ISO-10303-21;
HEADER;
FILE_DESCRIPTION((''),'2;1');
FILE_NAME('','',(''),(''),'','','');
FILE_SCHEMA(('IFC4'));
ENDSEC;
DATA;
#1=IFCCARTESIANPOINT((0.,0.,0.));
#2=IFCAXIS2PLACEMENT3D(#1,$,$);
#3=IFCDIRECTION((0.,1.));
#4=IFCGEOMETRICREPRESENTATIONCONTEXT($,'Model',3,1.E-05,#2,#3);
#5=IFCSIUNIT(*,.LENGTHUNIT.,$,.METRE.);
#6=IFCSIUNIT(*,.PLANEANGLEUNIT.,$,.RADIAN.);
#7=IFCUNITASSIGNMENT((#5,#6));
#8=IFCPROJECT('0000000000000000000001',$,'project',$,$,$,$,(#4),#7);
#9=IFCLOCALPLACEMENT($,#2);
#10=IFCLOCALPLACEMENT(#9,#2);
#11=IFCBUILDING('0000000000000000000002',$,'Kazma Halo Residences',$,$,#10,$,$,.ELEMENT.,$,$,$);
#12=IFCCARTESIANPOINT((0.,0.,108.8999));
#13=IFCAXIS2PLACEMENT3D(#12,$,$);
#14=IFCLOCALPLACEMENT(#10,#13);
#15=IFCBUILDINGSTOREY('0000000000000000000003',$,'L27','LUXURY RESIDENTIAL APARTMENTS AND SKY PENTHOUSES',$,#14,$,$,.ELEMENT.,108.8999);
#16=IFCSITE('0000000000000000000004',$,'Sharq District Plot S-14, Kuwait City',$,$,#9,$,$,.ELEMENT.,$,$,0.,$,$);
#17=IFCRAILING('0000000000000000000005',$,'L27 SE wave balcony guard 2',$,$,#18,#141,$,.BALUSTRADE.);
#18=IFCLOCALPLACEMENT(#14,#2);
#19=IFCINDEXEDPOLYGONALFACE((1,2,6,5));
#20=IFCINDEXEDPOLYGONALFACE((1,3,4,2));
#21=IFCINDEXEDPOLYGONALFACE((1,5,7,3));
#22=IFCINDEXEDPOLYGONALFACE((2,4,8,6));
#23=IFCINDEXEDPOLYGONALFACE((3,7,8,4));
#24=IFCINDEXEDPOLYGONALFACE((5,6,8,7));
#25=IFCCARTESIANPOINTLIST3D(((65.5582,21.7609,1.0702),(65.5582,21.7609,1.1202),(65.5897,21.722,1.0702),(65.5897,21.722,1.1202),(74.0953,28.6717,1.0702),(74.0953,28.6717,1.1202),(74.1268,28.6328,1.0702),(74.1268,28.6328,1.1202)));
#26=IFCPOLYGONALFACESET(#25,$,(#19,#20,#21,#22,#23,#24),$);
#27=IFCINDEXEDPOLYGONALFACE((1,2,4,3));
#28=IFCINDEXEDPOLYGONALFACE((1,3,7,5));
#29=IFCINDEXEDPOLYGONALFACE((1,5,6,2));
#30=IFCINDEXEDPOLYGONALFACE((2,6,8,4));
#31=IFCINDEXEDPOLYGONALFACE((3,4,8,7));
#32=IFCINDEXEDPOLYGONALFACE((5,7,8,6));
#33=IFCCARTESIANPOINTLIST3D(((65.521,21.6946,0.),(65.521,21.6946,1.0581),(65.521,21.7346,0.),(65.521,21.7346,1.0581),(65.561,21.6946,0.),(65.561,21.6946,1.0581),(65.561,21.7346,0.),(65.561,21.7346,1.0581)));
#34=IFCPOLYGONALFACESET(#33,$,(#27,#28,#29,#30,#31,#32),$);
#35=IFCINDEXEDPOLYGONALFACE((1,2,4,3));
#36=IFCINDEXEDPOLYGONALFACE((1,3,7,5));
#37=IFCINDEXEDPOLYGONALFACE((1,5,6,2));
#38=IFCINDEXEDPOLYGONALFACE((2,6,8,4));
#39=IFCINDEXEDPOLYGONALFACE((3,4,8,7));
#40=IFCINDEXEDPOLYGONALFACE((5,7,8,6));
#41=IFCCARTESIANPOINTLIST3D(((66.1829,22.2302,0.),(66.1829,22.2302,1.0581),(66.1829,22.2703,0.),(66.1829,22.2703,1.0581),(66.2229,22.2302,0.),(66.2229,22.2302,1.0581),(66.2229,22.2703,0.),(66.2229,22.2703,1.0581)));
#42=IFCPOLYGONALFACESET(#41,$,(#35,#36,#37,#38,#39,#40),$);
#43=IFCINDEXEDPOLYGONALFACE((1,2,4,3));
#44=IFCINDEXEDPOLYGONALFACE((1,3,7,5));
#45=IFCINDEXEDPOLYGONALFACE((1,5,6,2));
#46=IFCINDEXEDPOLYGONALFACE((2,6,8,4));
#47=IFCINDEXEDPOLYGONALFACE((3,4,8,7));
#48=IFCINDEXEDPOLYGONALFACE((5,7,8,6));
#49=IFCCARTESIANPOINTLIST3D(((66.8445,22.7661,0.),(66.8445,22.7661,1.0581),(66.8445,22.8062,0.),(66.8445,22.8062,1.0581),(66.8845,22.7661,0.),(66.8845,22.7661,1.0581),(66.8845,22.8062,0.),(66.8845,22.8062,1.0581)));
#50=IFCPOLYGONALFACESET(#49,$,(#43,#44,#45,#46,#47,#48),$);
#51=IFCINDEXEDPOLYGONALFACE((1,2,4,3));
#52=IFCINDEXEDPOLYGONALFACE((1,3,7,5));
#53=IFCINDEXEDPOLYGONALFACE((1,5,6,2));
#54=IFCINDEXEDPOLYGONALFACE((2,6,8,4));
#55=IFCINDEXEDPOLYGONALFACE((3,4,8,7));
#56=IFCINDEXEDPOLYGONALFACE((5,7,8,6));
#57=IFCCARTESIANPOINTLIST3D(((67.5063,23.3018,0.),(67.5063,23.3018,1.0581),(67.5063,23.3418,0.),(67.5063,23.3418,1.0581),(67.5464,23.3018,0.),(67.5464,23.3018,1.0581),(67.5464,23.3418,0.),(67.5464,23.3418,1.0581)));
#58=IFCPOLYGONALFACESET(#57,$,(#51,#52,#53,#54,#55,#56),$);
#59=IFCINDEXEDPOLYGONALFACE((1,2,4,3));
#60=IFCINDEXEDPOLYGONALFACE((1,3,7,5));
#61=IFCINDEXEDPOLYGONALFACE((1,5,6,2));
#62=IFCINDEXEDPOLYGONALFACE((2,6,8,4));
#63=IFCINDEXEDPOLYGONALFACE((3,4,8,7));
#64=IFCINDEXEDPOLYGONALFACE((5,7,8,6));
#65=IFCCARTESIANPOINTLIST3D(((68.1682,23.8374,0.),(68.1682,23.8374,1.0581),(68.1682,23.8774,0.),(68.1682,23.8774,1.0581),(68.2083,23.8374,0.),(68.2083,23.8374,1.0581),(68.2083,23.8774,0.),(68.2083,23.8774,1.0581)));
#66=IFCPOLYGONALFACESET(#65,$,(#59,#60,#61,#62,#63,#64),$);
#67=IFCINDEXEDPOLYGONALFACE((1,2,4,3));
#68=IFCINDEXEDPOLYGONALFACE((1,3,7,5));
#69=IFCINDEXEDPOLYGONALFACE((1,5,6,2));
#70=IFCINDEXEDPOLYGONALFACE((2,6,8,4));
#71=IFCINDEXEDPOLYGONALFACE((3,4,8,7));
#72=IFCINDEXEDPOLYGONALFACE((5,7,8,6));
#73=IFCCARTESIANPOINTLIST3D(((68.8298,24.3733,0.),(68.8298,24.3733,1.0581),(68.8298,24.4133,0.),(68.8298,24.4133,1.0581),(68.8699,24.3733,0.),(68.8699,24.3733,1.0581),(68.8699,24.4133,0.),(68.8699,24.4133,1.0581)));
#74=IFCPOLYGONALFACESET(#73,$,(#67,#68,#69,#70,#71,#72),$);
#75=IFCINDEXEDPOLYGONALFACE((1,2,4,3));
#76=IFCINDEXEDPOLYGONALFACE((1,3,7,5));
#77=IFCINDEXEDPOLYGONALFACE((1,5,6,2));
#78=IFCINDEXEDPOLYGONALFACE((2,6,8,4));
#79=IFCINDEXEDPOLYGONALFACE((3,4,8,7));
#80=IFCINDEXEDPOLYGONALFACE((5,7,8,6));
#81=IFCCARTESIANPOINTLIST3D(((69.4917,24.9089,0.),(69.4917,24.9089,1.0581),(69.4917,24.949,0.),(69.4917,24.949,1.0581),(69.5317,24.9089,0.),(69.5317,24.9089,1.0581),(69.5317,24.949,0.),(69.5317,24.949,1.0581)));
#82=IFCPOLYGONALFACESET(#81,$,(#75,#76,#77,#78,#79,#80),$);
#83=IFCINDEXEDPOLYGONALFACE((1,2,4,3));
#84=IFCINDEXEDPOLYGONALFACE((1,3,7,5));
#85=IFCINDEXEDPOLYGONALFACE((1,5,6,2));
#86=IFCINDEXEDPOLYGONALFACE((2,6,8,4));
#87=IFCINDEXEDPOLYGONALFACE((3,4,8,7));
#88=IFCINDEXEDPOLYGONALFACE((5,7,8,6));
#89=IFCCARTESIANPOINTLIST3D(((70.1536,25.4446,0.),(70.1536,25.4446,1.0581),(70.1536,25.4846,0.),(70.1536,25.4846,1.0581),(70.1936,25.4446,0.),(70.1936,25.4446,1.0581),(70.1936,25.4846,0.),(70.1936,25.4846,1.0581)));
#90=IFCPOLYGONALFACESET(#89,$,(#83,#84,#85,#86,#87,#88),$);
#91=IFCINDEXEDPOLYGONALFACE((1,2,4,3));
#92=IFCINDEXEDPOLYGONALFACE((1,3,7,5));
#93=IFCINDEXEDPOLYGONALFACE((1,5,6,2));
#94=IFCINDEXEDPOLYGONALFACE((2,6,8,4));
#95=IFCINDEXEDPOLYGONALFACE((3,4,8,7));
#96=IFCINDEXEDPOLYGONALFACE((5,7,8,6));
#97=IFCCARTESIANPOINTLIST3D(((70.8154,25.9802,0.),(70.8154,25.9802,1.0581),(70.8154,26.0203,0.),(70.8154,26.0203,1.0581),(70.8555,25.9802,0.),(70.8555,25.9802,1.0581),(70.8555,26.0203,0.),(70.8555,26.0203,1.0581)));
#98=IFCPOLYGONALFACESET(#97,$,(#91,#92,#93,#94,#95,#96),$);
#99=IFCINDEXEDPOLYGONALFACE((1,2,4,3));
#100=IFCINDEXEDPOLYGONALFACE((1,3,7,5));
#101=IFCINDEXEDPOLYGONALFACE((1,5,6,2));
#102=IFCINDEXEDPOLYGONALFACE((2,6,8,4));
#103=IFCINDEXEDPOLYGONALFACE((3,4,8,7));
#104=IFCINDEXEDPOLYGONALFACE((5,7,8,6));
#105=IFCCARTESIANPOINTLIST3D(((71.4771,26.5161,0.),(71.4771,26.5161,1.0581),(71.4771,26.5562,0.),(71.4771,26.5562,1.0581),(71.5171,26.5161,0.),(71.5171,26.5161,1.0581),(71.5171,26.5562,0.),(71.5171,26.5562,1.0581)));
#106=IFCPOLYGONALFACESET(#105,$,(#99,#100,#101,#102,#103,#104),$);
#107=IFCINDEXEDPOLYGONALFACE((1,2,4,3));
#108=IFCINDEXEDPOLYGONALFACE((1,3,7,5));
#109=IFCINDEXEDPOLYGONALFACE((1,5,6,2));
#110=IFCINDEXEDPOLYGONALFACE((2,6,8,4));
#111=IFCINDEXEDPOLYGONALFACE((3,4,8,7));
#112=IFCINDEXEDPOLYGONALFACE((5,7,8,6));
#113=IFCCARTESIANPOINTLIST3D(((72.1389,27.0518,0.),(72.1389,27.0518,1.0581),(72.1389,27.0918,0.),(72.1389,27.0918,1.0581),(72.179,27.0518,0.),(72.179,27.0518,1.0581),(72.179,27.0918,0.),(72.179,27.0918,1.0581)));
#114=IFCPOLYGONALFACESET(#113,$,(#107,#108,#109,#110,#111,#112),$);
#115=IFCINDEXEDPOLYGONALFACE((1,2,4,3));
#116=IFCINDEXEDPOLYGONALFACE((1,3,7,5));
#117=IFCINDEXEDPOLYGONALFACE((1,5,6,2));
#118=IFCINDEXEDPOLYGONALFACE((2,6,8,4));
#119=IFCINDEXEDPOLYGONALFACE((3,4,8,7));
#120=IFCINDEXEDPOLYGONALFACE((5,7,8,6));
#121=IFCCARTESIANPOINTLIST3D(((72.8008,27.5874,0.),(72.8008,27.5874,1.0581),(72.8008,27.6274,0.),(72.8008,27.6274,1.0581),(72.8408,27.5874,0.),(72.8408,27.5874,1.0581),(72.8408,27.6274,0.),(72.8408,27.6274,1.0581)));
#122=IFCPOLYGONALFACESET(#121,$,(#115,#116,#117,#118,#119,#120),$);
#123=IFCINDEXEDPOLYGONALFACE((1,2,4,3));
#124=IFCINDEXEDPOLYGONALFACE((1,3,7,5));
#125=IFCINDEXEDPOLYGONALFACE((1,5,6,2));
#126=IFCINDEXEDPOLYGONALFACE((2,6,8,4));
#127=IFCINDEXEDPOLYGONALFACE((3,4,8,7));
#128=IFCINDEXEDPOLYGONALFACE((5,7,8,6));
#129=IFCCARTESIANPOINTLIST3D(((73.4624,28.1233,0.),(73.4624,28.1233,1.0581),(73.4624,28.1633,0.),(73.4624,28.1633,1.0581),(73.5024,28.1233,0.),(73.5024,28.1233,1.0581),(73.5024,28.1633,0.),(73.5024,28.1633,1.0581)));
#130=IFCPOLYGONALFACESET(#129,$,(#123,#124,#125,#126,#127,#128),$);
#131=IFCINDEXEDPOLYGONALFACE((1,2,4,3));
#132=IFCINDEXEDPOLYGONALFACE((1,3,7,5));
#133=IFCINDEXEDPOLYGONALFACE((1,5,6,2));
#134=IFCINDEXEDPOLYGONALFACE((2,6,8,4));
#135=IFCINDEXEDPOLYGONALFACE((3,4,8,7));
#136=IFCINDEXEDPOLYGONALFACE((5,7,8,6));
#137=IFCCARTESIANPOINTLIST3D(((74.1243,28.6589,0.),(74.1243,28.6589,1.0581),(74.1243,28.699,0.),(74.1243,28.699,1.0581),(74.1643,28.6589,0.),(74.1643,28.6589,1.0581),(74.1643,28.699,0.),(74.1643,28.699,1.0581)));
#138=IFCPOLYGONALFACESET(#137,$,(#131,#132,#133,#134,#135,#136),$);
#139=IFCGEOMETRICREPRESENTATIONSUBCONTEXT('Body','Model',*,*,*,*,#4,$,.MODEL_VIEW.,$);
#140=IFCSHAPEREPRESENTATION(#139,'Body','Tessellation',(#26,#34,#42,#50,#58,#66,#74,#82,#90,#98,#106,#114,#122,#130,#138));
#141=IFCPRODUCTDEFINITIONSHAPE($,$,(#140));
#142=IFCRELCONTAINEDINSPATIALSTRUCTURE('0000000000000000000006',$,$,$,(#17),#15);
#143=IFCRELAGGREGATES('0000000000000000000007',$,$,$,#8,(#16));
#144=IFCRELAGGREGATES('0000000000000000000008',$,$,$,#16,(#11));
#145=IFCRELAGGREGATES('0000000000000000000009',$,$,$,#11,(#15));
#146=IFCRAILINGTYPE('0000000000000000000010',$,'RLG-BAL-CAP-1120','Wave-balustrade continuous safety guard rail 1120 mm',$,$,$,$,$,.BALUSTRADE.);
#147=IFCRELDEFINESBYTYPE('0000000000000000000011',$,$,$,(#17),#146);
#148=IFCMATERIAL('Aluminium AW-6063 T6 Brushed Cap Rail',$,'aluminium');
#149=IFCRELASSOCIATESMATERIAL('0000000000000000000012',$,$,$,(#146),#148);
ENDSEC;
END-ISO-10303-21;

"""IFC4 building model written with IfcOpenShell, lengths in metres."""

from ifc_helpers import new_model, si_unit, direction, frame, origin, origin_2d, place, context, subcontext, project, spatial, rectangle, extrude, material, type_object, element, save


model = new_model("IFC4")

# Units and contexts
model_context = context("Model", 3, precision=1e-05, world=origin(), true_north=direction((0.0, 1.0)))
body_context = subcontext(model_context, "Body", "Model", "MODEL_VIEW")
ifc_project = project(units=[si_unit("LENGTHUNIT", "METRE"), si_unit("PLANEANGLEUNIT", "RADIAN")], contexts=[model_context])

# Site, building, storey
site_placement = place(None, origin())
site = spatial("IfcSite", under=ifc_project, at=site_placement, Name="Sharq District Plot S-14, Kuwait City", CompositionType="ELEMENT", RefElevation=0.0)
building_placement = place(site_placement, origin())
building = spatial("IfcBuilding", under=site, at=building_placement, Name="Kazma Halo Residences", CompositionType="ELEMENT")
storey_placement = place(building_placement, frame((0.0, 0.0, 108.8999)))
storey = spatial("IfcBuildingStorey", under=building, at=storey_placement, Name="L27", Description="LUXURY RESIDENTIAL APARTMENTS AND SKY PENTHOUSES", CompositionType="ELEMENT", Elevation=108.8999)

# Railing
ifc_material_1 = material(Name="Aluminium AW-6063 T6 Brushed Cap Rail", Category="aluminium")
railing_type = type_object("IfcRailingType", Name="RLG-BAL-CAP-1120", Description="Wave-balustrade continuous safety guard rail 1120 mm", PredefinedType="BALUSTRADE", material=ifc_material_1)
railing_1_placement = place(storey_placement, frame((65.541, 21.7146, 0.0)))
element("IfcRailing", 1, at=railing_1_placement, inside=storey, type_object=railing_type, Name="L27 SE wave balcony guard 2", PredefinedType="BALUSTRADE", context=body_context, shape_type="SweptSolid", body=[
    extrude(rectangle(XDim=0.05, YDim=0.05, at=origin_2d()), frame((0.033, 0.0269, 1.0952), z_axis=(0.777254, 0.629187, 0.0), x_axis=(-0.629187, 0.777254, 0.0)), (0.0, 0.0, 1.0), 10.9836),
    extrude(rectangle(XDim=0.04, YDim=0.04, at=origin_2d()), origin(), (0.0, 0.0, 1.0), 1.0581),
    extrude(rectangle(XDim=0.04, YDim=0.04, at=origin_2d()), frame((0.6619, 0.5356, 0.0)), (0.0, 0.0, 1.0), 1.0581),
    extrude(rectangle(XDim=0.04, YDim=0.04, at=origin_2d()), frame((1.3235, 1.0715, 0.0)), (0.0, 0.0, 1.0), 1.0581),
    extrude(rectangle(XDim=0.04, YDim=0.04, at=origin_2d()), frame((1.9854, 1.6072, 0.0)), (0.0, 0.0, 1.0), 1.0581),
    extrude(rectangle(XDim=0.04, YDim=0.04, at=origin_2d()), frame((2.6472, 2.1428, 0.0)), (0.0, 0.0, 1.0), 1.0581),
    extrude(rectangle(XDim=0.04, YDim=0.04, at=origin_2d()), frame((3.3088, 2.6787, 0.0)), (0.0, 0.0, 1.0), 1.0581),
    extrude(rectangle(XDim=0.04, YDim=0.04, at=origin_2d()), frame((3.9707, 3.2144, 0.0)), (0.0, 0.0, 1.0), 1.0581),
    extrude(rectangle(XDim=0.04, YDim=0.04, at=origin_2d()), frame((4.6326, 3.75, 0.0)), (0.0, 0.0, 1.0), 1.0581),
    extrude(rectangle(XDim=0.04, YDim=0.04, at=origin_2d()), frame((5.2944, 4.2856, 0.0)), (0.0, 0.0, 1.0), 1.0581),
    extrude(rectangle(XDim=0.04, YDim=0.04, at=origin_2d()), frame((5.9561, 4.8215, 0.0)), (0.0, 0.0, 1.0), 1.0581),
    extrude(rectangle(XDim=0.04, YDim=0.04, at=origin_2d()), frame((6.6179, 5.3572, 0.0)), (0.0, 0.0, 1.0), 1.0581),
    extrude(rectangle(XDim=0.04, YDim=0.04, at=origin_2d()), frame((7.2798, 5.8928, 0.0)), (0.0, 0.0, 1.0), 1.0581),
    extrude(rectangle(XDim=0.04, YDim=0.04, at=origin_2d()), frame((7.9414, 6.4287, 0.0)), (0.0, 0.0, 1.0), 1.0581),
    extrude(rectangle(XDim=0.04, YDim=0.04, at=origin_2d()), frame((8.6033, 6.9644, 0.0)), (0.0, 0.0, 1.0), 1.0581),
])

save(model, "model.ifc")
